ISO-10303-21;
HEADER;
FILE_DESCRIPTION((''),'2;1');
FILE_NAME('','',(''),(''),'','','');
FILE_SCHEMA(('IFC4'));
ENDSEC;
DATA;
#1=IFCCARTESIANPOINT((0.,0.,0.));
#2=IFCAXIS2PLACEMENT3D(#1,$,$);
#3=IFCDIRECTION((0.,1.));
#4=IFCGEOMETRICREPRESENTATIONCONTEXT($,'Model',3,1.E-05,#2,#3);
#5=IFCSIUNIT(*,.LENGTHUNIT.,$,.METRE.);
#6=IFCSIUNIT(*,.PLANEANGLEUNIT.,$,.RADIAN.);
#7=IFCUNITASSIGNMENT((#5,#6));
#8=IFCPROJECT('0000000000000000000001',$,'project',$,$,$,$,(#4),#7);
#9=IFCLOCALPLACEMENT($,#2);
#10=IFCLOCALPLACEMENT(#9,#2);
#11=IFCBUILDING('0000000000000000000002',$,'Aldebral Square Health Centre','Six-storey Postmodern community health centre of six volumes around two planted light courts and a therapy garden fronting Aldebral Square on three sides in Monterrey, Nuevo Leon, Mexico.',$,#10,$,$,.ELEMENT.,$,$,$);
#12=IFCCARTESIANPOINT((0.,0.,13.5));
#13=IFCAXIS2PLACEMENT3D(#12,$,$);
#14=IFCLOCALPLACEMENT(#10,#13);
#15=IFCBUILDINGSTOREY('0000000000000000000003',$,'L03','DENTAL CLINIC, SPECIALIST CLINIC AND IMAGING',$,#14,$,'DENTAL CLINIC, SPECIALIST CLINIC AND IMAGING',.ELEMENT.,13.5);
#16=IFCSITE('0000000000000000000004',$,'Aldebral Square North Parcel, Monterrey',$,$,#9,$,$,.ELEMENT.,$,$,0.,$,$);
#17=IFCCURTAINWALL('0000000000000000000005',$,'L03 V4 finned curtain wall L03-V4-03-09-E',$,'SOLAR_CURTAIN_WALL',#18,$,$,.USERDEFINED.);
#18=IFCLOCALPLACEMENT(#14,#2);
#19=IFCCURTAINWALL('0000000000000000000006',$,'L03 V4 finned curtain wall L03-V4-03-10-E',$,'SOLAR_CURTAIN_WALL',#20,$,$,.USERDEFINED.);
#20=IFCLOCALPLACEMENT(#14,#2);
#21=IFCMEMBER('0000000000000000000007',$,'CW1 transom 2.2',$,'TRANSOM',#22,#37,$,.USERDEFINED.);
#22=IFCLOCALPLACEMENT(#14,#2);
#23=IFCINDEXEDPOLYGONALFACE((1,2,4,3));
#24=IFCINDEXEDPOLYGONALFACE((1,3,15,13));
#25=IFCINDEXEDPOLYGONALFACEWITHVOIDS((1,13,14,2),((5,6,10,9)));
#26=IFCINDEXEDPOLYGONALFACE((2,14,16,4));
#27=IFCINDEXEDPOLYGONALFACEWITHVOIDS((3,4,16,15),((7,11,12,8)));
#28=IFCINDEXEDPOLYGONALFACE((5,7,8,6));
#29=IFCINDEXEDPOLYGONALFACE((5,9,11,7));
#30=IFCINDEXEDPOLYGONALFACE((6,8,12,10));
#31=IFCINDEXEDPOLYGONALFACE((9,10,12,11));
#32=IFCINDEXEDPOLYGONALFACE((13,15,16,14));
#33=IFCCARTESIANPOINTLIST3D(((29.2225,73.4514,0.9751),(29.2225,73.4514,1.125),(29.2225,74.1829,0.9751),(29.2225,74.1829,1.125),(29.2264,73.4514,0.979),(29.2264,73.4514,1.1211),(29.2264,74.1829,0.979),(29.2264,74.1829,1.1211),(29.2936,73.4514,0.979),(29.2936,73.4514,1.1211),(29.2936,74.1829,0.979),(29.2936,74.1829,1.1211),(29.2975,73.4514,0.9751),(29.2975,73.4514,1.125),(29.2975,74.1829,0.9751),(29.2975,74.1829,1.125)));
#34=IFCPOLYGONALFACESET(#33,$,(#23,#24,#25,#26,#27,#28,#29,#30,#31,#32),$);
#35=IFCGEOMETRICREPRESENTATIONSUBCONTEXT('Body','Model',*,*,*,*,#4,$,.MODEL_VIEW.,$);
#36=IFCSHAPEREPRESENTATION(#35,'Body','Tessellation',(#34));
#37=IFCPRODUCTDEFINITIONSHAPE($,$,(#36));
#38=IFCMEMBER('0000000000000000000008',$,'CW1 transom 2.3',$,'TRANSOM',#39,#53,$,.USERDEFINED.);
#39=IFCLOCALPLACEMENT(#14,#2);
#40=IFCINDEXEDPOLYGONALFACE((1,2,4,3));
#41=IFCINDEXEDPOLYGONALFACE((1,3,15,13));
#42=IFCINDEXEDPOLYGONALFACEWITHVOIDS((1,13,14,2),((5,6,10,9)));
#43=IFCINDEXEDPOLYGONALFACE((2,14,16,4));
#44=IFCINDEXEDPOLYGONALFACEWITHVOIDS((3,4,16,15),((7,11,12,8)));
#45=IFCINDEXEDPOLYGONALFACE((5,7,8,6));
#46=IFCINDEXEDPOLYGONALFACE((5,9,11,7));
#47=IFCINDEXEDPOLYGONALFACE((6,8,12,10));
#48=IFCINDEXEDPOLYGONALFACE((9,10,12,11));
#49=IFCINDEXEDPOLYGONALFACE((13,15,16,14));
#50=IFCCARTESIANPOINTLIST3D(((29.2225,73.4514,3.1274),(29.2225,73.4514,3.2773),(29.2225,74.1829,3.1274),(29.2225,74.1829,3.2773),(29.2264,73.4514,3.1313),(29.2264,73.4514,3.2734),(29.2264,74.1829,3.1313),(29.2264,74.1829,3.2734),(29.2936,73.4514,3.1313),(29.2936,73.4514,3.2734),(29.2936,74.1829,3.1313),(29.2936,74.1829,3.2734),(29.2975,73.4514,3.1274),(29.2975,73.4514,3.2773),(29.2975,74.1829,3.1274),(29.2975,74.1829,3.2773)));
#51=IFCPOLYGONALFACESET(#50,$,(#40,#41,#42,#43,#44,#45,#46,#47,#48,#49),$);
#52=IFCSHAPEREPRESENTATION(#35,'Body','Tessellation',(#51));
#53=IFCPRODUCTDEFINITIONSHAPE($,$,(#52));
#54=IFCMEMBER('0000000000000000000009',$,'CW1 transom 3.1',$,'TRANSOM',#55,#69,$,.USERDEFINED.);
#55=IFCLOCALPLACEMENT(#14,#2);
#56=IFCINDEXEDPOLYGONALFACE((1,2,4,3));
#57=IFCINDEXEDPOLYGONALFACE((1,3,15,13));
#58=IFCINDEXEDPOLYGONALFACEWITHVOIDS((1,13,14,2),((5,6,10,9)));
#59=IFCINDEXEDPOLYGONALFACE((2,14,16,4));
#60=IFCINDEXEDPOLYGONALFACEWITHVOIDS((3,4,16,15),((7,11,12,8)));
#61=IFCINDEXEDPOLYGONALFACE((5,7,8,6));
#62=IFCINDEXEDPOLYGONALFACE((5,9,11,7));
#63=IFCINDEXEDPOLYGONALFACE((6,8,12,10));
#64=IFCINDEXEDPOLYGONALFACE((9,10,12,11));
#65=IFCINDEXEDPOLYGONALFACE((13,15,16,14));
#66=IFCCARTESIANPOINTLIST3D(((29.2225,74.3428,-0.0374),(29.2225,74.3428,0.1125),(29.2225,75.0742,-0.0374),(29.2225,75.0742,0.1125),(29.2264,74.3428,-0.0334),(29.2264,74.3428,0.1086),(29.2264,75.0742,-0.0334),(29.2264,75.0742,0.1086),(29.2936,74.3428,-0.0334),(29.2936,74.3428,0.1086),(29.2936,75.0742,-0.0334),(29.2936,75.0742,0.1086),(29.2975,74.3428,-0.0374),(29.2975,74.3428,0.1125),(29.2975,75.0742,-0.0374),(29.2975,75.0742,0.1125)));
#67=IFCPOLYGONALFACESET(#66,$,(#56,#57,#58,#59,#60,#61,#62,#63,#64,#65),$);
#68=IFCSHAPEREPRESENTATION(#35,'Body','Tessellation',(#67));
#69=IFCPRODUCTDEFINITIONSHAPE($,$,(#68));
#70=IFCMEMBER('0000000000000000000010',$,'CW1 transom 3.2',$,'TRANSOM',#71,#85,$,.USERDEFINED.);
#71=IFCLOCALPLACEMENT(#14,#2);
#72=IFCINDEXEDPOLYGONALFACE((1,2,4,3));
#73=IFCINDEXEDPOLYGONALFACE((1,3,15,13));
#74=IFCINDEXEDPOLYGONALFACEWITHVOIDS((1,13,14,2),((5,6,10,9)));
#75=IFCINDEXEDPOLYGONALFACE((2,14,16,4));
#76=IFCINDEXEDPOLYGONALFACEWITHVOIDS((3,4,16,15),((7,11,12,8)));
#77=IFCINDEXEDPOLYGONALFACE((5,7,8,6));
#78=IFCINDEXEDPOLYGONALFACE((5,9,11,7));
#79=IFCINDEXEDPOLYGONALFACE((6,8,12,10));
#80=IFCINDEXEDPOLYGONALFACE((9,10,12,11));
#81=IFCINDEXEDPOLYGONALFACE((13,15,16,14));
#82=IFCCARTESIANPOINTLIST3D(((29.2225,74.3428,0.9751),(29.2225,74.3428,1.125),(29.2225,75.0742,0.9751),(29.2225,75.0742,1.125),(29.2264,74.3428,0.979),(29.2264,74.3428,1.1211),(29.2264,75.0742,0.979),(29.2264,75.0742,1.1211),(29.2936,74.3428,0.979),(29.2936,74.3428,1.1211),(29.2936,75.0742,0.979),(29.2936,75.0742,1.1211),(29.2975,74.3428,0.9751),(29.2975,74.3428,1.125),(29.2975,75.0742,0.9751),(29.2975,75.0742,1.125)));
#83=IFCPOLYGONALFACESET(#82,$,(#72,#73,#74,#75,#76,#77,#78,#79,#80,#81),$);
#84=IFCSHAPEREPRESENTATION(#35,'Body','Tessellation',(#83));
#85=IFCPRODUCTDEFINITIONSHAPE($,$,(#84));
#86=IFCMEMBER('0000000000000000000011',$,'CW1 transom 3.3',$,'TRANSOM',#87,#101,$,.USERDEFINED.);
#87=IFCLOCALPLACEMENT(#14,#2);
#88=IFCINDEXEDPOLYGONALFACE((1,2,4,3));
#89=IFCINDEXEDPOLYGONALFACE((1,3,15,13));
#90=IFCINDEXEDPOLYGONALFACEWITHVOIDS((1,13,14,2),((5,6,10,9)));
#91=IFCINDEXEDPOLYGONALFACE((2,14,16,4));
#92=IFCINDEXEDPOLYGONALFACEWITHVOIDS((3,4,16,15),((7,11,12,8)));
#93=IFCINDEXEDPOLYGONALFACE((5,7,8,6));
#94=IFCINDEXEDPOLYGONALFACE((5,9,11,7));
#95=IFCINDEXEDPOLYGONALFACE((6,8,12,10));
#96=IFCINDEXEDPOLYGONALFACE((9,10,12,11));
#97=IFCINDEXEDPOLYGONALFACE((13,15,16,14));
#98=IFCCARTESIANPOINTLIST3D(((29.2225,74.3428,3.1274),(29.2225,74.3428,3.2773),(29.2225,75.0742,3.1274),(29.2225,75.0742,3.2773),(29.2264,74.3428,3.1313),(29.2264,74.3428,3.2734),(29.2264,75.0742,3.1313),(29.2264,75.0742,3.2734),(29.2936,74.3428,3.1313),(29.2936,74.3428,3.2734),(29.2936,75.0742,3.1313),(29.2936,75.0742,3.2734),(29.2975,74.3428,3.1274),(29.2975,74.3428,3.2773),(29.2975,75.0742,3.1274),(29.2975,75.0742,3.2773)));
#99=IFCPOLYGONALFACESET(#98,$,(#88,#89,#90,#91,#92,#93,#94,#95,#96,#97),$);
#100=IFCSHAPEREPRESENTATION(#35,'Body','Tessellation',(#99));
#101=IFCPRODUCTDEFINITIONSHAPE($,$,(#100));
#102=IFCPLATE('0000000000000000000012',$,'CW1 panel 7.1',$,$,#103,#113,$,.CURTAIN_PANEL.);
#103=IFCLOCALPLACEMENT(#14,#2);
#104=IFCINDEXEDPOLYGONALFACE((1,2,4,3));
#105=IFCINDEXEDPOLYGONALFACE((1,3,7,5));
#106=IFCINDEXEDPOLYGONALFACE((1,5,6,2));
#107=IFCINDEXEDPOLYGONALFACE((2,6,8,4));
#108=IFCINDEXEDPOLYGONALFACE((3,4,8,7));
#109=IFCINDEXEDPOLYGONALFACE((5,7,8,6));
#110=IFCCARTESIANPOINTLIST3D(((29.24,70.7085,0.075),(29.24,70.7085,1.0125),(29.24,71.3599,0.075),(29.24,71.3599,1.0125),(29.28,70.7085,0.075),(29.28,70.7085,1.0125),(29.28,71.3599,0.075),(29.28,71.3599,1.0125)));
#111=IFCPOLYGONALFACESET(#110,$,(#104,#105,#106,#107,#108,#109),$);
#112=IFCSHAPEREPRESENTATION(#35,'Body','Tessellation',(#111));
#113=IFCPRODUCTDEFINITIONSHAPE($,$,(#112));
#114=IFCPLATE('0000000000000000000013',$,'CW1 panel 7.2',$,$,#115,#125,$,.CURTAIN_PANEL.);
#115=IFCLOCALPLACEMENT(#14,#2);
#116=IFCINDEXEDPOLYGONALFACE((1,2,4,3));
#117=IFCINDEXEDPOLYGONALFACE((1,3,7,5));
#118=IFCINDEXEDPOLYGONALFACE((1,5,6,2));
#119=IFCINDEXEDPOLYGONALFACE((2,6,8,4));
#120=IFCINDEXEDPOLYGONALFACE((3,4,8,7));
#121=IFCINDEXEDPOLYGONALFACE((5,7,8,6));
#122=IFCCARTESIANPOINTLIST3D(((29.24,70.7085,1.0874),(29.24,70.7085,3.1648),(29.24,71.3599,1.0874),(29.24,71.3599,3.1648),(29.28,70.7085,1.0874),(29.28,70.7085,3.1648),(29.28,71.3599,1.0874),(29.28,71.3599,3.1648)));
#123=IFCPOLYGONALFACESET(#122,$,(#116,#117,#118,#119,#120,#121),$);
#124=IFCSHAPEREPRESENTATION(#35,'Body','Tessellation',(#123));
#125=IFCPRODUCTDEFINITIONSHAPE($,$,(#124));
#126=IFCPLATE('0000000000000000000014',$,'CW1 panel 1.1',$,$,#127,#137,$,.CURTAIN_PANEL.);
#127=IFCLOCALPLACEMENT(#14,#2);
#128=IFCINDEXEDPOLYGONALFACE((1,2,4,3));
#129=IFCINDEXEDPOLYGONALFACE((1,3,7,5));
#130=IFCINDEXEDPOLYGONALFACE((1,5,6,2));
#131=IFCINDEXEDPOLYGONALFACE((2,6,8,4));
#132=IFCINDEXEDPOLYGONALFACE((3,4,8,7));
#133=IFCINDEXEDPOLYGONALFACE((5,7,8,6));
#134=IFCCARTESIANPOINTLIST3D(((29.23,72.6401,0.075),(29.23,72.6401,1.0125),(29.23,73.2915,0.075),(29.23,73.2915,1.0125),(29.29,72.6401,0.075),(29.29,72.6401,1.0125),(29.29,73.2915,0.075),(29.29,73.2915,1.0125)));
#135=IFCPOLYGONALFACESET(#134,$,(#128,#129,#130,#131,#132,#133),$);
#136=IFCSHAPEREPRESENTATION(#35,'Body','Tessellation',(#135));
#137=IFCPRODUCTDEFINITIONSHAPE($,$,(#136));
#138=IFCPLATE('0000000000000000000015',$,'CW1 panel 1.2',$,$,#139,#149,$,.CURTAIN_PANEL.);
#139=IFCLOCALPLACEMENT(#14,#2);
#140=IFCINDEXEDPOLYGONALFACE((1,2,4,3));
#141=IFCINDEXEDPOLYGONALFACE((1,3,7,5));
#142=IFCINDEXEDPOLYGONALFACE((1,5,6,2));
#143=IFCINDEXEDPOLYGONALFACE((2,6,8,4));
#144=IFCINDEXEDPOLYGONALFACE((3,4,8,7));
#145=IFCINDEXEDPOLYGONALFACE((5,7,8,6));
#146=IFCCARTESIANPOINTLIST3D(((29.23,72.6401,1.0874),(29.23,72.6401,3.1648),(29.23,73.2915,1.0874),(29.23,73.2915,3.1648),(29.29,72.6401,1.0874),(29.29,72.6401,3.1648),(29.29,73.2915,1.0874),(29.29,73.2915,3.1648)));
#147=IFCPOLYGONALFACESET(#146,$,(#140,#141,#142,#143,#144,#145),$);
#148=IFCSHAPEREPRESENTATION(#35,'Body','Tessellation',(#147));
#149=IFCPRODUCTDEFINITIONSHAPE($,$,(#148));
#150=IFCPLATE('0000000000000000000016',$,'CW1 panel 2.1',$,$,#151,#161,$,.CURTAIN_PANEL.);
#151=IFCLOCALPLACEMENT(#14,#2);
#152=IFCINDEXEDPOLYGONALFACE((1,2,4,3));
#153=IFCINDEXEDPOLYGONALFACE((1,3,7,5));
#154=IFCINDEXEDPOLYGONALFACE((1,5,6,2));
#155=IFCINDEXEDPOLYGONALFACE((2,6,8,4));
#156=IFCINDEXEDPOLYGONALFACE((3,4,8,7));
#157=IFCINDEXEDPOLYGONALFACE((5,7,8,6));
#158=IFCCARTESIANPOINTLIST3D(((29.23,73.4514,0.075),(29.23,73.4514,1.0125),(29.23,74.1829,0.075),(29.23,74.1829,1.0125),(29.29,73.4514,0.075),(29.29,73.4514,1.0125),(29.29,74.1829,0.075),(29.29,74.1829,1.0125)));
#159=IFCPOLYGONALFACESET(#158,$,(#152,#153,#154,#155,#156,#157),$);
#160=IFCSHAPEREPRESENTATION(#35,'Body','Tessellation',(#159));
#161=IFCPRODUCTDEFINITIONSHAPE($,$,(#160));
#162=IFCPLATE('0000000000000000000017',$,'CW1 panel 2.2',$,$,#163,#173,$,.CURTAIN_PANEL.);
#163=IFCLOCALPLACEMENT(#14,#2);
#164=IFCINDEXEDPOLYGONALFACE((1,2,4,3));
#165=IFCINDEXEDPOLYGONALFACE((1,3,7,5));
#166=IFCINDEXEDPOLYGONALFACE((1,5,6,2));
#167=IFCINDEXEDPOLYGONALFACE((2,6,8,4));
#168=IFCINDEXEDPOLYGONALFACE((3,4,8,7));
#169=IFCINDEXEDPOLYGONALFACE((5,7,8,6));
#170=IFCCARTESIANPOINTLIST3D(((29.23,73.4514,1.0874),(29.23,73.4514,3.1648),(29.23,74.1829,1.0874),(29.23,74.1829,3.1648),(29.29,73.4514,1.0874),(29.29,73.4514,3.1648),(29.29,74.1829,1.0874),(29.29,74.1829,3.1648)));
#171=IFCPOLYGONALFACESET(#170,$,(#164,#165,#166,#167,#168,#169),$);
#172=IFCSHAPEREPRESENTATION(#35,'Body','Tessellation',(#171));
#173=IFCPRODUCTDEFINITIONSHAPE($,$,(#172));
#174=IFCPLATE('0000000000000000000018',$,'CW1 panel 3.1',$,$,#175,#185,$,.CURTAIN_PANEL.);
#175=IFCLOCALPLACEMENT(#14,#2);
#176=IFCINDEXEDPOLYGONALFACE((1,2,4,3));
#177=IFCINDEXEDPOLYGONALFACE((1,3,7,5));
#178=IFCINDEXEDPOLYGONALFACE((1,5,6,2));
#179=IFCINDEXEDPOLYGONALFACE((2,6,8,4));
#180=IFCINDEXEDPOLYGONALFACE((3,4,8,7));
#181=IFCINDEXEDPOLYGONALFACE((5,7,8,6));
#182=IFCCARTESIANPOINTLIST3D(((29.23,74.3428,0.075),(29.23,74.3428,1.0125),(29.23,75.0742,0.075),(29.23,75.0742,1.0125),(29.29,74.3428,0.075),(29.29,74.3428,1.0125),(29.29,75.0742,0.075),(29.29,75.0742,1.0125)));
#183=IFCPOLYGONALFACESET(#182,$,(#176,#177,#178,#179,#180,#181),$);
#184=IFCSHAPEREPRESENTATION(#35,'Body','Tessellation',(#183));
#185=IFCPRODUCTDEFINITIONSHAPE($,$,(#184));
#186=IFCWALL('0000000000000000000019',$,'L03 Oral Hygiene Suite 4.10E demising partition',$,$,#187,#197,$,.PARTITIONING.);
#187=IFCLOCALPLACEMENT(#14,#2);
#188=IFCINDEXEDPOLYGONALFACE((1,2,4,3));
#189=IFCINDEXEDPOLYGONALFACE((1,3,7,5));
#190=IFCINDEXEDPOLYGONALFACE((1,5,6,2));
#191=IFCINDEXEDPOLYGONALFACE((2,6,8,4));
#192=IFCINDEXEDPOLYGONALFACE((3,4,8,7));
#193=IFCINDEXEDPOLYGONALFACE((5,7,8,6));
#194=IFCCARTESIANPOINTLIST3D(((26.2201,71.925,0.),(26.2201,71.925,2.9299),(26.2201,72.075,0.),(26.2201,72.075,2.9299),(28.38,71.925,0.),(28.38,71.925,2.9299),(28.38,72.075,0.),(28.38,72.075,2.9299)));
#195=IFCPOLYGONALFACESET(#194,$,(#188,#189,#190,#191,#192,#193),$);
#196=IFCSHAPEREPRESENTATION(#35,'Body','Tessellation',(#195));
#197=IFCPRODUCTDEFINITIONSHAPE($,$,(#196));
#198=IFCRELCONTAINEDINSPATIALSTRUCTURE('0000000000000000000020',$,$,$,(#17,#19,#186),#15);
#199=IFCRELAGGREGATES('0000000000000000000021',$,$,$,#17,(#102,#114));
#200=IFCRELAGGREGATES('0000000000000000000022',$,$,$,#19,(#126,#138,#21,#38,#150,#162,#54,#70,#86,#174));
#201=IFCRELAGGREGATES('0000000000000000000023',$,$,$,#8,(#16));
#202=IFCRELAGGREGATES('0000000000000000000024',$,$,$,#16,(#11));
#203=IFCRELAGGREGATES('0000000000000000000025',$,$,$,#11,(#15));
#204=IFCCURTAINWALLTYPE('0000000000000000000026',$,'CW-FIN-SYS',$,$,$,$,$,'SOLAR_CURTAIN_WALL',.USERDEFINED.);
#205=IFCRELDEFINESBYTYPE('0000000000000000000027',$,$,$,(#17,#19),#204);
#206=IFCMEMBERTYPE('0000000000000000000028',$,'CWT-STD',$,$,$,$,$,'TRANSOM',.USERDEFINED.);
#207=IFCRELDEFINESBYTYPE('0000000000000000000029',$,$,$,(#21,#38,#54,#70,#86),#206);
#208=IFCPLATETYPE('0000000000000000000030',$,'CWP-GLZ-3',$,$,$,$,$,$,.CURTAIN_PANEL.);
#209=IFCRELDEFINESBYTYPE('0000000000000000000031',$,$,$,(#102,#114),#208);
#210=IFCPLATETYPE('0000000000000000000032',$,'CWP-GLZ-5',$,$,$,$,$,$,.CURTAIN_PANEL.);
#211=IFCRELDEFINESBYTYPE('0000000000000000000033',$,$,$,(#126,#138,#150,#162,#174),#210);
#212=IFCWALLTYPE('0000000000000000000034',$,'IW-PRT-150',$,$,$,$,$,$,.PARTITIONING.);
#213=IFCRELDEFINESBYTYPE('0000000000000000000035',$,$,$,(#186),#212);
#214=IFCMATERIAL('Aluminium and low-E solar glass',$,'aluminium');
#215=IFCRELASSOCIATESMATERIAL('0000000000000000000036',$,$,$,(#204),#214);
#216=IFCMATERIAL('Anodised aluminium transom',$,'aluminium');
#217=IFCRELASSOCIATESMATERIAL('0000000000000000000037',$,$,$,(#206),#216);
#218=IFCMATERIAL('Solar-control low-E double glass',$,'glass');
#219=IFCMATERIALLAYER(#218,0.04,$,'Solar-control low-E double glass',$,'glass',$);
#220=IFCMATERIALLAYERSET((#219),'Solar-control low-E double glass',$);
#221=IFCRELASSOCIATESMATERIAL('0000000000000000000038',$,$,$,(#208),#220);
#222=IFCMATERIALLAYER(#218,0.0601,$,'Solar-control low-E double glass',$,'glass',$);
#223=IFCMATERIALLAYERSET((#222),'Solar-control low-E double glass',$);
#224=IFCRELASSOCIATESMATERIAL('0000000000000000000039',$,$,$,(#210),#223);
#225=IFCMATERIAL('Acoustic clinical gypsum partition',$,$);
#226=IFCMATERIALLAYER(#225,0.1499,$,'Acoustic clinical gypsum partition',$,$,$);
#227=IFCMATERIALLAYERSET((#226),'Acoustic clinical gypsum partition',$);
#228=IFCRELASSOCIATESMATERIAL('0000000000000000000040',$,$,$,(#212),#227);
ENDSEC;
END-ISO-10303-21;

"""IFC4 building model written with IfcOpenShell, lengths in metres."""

from ifc_helpers import new_model, si_unit, direction, frame, frame_2d, origin, origin_2d, place, context, subcontext, project, spatial, rectangle, hollow_rectangle, extrude, material, layer, layer_set, material_profile, profile_set, type_object, element, aggregate, save


model = new_model("IFC4")

# Units and contexts
model_context = context("Model", 3, precision=1e-05, world=origin(), true_north=direction((0.0, 1.0)))
body_context = subcontext(model_context, "Body", "Model", "MODEL_VIEW")
ifc_project = project(units=[si_unit("LENGTHUNIT", "METRE"), si_unit("PLANEANGLEUNIT", "RADIAN")], contexts=[model_context])

# Site, building, storey
site_placement = place(None, origin())
site = spatial("IfcSite", under=ifc_project, at=site_placement, Name="Aldebral Square North Parcel, Monterrey", CompositionType="ELEMENT", RefElevation=0.0)
building_placement = place(site_placement, origin())
building = spatial("IfcBuilding", under=site, at=building_placement, Name="Aldebral Square Health Centre", Description="Six-storey Postmodern community health centre of six volumes around two planted light courts and a therapy garden fronting Aldebral Square on three sides in Monterrey, Nuevo Leon, Mexico.", CompositionType="ELEMENT")
storey_placement = place(building_placement, frame((0.0, 0.0, 13.5)))
storey = spatial("IfcBuildingStorey", under=building, at=storey_placement, Name="L03", Description="DENTAL CLINIC, SPECIALIST CLINIC AND IMAGING", LongName="DENTAL CLINIC, SPECIALIST CLINIC AND IMAGING", CompositionType="ELEMENT", Elevation=13.5)

# Curtain wall
ifc_material_1 = material(Name="Aluminium and low-E solar glass", Category="aluminium")
curtain_wall_type = type_object("IfcCurtainWallType", Name="CW-FIN-SYS", ElementType="SOLAR_CURTAIN_WALL", PredefinedType="USERDEFINED", material=ifc_material_1)
curtain_wall_1_placement = place(storey_placement, origin())
curtain_wall_1 = element("IfcCurtainWall", 1, at=curtain_wall_1_placement, inside=storey, type_object=curtain_wall_type, Name="L03 V4 finned curtain wall L03-V4-03-09-E", ObjectType="SOLAR_CURTAIN_WALL", PredefinedType="USERDEFINED")

# Curtain wall, members
curtain_wall_2_placement = place(storey_placement, origin())
curtain_wall_2 = element("IfcCurtainWall", 2, at=curtain_wall_2_placement, inside=storey, type_object=curtain_wall_type, Name="L03 V4 finned curtain wall L03-V4-03-10-E", ObjectType="SOLAR_CURTAIN_WALL", PredefinedType="USERDEFINED")
ifc_material_2 = material(Name="Anodised aluminium transom", Category="aluminium")
ifc_material_profile_1 = material_profile(ifc_material_2, hollow_rectangle(XDim=0.075, YDim=0.1499, WallThickness=0.0039, at=origin_2d()), Name="CWT 75x150x4")
ifc_profile_set_1 = profile_set([ifc_material_profile_1], Name="Anodised aluminium transom")
member_type_1 = type_object("IfcMemberType", Name="CWT-STD", ElementType="TRANSOM", PredefinedType="USERDEFINED", material=ifc_profile_set_1)
member_1_placement = place(storey_placement, frame((29.26, 73.4514, 1.05), z_axis=(0.0, 1.0, 0.0), x_axis=(-1.0, 0.0, 0.0)))
member_1 = element("IfcMember", 3, at=member_1_placement, type_object=member_type_1, Name="CW1 transom 2.2", ObjectType="TRANSOM", PredefinedType="USERDEFINED", context=body_context, shape_type="SweptSolid", body=[
    extrude(hollow_rectangle(XDim=0.075, YDim=0.1499, WallThickness=0.0039, at=origin_2d()), origin(), (0.0, 0.0, 1.0), 0.7314),
])
member_2_placement = place(storey_placement, frame((29.26, 73.4514, 3.2024), z_axis=(0.0, 1.0, 0.0), x_axis=(-1.0, 0.0, 0.0)))
member_2 = element("IfcMember", 4, at=member_2_placement, type_object=member_type_1, Name="CW1 transom 2.3", ObjectType="TRANSOM", PredefinedType="USERDEFINED", context=body_context, shape_type="SweptSolid", body=[
    extrude(hollow_rectangle(XDim=0.075, YDim=0.1499, WallThickness=0.0039, at=origin_2d()), origin(), (0.0, 0.0, 1.0), 0.7314),
])
member_3_placement = place(storey_placement, frame((29.26, 74.3428, 0.0376), z_axis=(0.0, 1.0, 0.0), x_axis=(-1.0, 0.0, 0.0)))
member_3 = element("IfcMember", 5, at=member_3_placement, type_object=member_type_1, Name="CW1 transom 3.1", ObjectType="TRANSOM", PredefinedType="USERDEFINED", context=body_context, shape_type="SweptSolid", body=[
    extrude(hollow_rectangle(XDim=0.075, YDim=0.1499, WallThickness=0.0039, at=origin_2d()), origin(), (0.0, 0.0, 1.0), 0.7314),
])
member_4_placement = place(storey_placement, frame((29.26, 74.3428, 1.05), z_axis=(0.0, 1.0, 0.0), x_axis=(-1.0, 0.0, 0.0)))
member_4 = element("IfcMember", 6, at=member_4_placement, type_object=member_type_1, Name="CW1 transom 3.2", ObjectType="TRANSOM", PredefinedType="USERDEFINED", context=body_context, shape_type="SweptSolid", body=[
    extrude(hollow_rectangle(XDim=0.075, YDim=0.1499, WallThickness=0.0039, at=origin_2d()), origin(), (0.0, 0.0, 1.0), 0.7314),
])
member_5_placement = place(storey_placement, frame((29.26, 74.3428, 3.2024), z_axis=(0.0, 1.0, 0.0), x_axis=(-1.0, 0.0, 0.0)))
member_5 = element("IfcMember", 7, at=member_5_placement, type_object=member_type_1, Name="CW1 transom 3.3", ObjectType="TRANSOM", PredefinedType="USERDEFINED", context=body_context, shape_type="SweptSolid", body=[
    extrude(hollow_rectangle(XDim=0.075, YDim=0.1499, WallThickness=0.0039, at=origin_2d()), origin(), (0.0, 0.0, 1.0), 0.7314),
])

# Plates
ifc_material_3 = material(Name="Solar-control low-E double glass", Category="glass")
ifc_layer_1 = layer(ifc_material_3, 0.04, Name="Solar-control low-E double glass", Category="glass")
ifc_layer_set_1 = layer_set([ifc_layer_1], Name="Solar-control low-E double glass")
plate_type_1 = type_object("IfcPlateType", Name="CWP-GLZ-3", PredefinedType="CURTAIN_PANEL", material=ifc_layer_set_1)
plate_1_placement = place(storey_placement, frame((29.26, 71.0342, 0.075), z_axis=(0.0, 0.0, 1.0), x_axis=(0.0, 1.0, 0.0)))
plate_1 = element("IfcPlate", 8, at=plate_1_placement, type_object=plate_type_1, Name="CW1 panel 7.1", PredefinedType="CURTAIN_PANEL", context=body_context, shape_type="SweptSolid", body=[
    extrude(rectangle(XDim=0.6514, YDim=0.04, at=origin_2d()), origin(), (0.0, 0.0, 1.0), 0.9375),
])
plate_2_placement = place(storey_placement, frame((29.26, 71.0342, 1.0874), z_axis=(0.0, 0.0, 1.0), x_axis=(0.0, 1.0, 0.0)))
plate_2 = element("IfcPlate", 9, at=plate_2_placement, type_object=plate_type_1, Name="CW1 panel 7.2", PredefinedType="CURTAIN_PANEL", context=body_context, shape_type="SweptSolid", body=[
    extrude(rectangle(XDim=0.6514, YDim=0.04, at=origin_2d()), origin(), (0.0, 0.0, 1.0), 2.0774),
])
aggregate(curtain_wall_1, [plate_1, plate_2])
ifc_layer_2 = layer(ifc_material_3, 0.0601, Name="Solar-control low-E double glass", Category="glass")
ifc_layer_set_2 = layer_set([ifc_layer_2], Name="Solar-control low-E double glass")
plate_type_2 = type_object("IfcPlateType", Name="CWP-GLZ-5", PredefinedType="CURTAIN_PANEL", material=ifc_layer_set_2)
plate_3_placement = place(storey_placement, frame((29.26, 72.9658, 0.075), z_axis=(0.0, 0.0, 1.0), x_axis=(0.0, 1.0, 0.0)))
plate_3 = element("IfcPlate", 10, at=plate_3_placement, type_object=plate_type_2, Name="CW1 panel 1.1", PredefinedType="CURTAIN_PANEL", context=body_context, shape_type="SweptSolid", body=[
    extrude(rectangle(XDim=0.6514, YDim=0.0601, at=origin_2d()), origin(), (0.0, 0.0, 1.0), 0.9375),
])
plate_4_placement = place(storey_placement, frame((29.26, 72.9658, 1.0874), z_axis=(0.0, 0.0, 1.0), x_axis=(0.0, 1.0, 0.0)))
plate_4 = element("IfcPlate", 11, at=plate_4_placement, type_object=plate_type_2, Name="CW1 panel 1.2", PredefinedType="CURTAIN_PANEL", context=body_context, shape_type="SweptSolid", body=[
    extrude(rectangle(XDim=0.6514, YDim=0.0601, at=origin_2d()), origin(), (0.0, 0.0, 1.0), 2.0774),
])
plate_5_placement = place(storey_placement, frame((29.26, 73.8171, 0.075), z_axis=(0.0, 0.0, 1.0), x_axis=(0.0, 1.0, 0.0)))
plate_5 = element("IfcPlate", 12, at=plate_5_placement, type_object=plate_type_2, Name="CW1 panel 2.1", PredefinedType="CURTAIN_PANEL", context=body_context, shape_type="SweptSolid", body=[
    extrude(rectangle(XDim=0.7314, YDim=0.0601, at=origin_2d()), origin(), (0.0, 0.0, 1.0), 0.9375),
])
plate_6_placement = place(storey_placement, frame((29.26, 73.8171, 1.0874), z_axis=(0.0, 0.0, 1.0), x_axis=(0.0, 1.0, 0.0)))
plate_6 = element("IfcPlate", 13, at=plate_6_placement, type_object=plate_type_2, Name="CW1 panel 2.2", PredefinedType="CURTAIN_PANEL", context=body_context, shape_type="SweptSolid", body=[
    extrude(rectangle(XDim=0.7314, YDim=0.0601, at=origin_2d()), origin(), (0.0, 0.0, 1.0), 2.0774),
])
plate_7_placement = place(storey_placement, frame((29.26, 74.7085, 0.075), z_axis=(0.0, 0.0, 1.0), x_axis=(0.0, 1.0, 0.0)))
plate_7 = element("IfcPlate", 14, at=plate_7_placement, type_object=plate_type_2, Name="CW1 panel 3.1", PredefinedType="CURTAIN_PANEL", context=body_context, shape_type="SweptSolid", body=[
    extrude(rectangle(XDim=0.7314, YDim=0.0601, at=origin_2d()), origin(), (0.0, 0.0, 1.0), 0.9375),
])
aggregate(curtain_wall_2, [plate_3, plate_4, member_1, member_2, plate_5, plate_6, member_3, member_4, member_5, plate_7])

# Wall
ifc_material_4 = material(Name="Acoustic clinical gypsum partition")
ifc_layer_3 = layer(ifc_material_4, 0.1499, Name="Acoustic clinical gypsum partition")
ifc_layer_set_3 = layer_set([ifc_layer_3], Name="Acoustic clinical gypsum partition")
wall_type_1 = type_object("IfcWallType", Name="IW-PRT-150", PredefinedType="PARTITIONING", material=ifc_layer_set_3)
wall_1_placement = place(storey_placement, frame((26.22, 72.0, 0.0), z_axis=(0.0, 0.0, 1.0), x_axis=(1.0, 0.0, 0.0)))
element("IfcWall", 15, at=wall_1_placement, inside=storey, type_object=wall_type_1, Name="L03 Oral Hygiene Suite 4.10E demising partition", PredefinedType="PARTITIONING", context=body_context, shape_type="SweptSolid", body=[
    extrude(rectangle(XDim=2.1599, YDim=0.1499, at=frame_2d((1.0801, 0.0))), origin(), (0.0, 0.0, 1.0), 2.9299),
])

save(model, "model.ifc")
